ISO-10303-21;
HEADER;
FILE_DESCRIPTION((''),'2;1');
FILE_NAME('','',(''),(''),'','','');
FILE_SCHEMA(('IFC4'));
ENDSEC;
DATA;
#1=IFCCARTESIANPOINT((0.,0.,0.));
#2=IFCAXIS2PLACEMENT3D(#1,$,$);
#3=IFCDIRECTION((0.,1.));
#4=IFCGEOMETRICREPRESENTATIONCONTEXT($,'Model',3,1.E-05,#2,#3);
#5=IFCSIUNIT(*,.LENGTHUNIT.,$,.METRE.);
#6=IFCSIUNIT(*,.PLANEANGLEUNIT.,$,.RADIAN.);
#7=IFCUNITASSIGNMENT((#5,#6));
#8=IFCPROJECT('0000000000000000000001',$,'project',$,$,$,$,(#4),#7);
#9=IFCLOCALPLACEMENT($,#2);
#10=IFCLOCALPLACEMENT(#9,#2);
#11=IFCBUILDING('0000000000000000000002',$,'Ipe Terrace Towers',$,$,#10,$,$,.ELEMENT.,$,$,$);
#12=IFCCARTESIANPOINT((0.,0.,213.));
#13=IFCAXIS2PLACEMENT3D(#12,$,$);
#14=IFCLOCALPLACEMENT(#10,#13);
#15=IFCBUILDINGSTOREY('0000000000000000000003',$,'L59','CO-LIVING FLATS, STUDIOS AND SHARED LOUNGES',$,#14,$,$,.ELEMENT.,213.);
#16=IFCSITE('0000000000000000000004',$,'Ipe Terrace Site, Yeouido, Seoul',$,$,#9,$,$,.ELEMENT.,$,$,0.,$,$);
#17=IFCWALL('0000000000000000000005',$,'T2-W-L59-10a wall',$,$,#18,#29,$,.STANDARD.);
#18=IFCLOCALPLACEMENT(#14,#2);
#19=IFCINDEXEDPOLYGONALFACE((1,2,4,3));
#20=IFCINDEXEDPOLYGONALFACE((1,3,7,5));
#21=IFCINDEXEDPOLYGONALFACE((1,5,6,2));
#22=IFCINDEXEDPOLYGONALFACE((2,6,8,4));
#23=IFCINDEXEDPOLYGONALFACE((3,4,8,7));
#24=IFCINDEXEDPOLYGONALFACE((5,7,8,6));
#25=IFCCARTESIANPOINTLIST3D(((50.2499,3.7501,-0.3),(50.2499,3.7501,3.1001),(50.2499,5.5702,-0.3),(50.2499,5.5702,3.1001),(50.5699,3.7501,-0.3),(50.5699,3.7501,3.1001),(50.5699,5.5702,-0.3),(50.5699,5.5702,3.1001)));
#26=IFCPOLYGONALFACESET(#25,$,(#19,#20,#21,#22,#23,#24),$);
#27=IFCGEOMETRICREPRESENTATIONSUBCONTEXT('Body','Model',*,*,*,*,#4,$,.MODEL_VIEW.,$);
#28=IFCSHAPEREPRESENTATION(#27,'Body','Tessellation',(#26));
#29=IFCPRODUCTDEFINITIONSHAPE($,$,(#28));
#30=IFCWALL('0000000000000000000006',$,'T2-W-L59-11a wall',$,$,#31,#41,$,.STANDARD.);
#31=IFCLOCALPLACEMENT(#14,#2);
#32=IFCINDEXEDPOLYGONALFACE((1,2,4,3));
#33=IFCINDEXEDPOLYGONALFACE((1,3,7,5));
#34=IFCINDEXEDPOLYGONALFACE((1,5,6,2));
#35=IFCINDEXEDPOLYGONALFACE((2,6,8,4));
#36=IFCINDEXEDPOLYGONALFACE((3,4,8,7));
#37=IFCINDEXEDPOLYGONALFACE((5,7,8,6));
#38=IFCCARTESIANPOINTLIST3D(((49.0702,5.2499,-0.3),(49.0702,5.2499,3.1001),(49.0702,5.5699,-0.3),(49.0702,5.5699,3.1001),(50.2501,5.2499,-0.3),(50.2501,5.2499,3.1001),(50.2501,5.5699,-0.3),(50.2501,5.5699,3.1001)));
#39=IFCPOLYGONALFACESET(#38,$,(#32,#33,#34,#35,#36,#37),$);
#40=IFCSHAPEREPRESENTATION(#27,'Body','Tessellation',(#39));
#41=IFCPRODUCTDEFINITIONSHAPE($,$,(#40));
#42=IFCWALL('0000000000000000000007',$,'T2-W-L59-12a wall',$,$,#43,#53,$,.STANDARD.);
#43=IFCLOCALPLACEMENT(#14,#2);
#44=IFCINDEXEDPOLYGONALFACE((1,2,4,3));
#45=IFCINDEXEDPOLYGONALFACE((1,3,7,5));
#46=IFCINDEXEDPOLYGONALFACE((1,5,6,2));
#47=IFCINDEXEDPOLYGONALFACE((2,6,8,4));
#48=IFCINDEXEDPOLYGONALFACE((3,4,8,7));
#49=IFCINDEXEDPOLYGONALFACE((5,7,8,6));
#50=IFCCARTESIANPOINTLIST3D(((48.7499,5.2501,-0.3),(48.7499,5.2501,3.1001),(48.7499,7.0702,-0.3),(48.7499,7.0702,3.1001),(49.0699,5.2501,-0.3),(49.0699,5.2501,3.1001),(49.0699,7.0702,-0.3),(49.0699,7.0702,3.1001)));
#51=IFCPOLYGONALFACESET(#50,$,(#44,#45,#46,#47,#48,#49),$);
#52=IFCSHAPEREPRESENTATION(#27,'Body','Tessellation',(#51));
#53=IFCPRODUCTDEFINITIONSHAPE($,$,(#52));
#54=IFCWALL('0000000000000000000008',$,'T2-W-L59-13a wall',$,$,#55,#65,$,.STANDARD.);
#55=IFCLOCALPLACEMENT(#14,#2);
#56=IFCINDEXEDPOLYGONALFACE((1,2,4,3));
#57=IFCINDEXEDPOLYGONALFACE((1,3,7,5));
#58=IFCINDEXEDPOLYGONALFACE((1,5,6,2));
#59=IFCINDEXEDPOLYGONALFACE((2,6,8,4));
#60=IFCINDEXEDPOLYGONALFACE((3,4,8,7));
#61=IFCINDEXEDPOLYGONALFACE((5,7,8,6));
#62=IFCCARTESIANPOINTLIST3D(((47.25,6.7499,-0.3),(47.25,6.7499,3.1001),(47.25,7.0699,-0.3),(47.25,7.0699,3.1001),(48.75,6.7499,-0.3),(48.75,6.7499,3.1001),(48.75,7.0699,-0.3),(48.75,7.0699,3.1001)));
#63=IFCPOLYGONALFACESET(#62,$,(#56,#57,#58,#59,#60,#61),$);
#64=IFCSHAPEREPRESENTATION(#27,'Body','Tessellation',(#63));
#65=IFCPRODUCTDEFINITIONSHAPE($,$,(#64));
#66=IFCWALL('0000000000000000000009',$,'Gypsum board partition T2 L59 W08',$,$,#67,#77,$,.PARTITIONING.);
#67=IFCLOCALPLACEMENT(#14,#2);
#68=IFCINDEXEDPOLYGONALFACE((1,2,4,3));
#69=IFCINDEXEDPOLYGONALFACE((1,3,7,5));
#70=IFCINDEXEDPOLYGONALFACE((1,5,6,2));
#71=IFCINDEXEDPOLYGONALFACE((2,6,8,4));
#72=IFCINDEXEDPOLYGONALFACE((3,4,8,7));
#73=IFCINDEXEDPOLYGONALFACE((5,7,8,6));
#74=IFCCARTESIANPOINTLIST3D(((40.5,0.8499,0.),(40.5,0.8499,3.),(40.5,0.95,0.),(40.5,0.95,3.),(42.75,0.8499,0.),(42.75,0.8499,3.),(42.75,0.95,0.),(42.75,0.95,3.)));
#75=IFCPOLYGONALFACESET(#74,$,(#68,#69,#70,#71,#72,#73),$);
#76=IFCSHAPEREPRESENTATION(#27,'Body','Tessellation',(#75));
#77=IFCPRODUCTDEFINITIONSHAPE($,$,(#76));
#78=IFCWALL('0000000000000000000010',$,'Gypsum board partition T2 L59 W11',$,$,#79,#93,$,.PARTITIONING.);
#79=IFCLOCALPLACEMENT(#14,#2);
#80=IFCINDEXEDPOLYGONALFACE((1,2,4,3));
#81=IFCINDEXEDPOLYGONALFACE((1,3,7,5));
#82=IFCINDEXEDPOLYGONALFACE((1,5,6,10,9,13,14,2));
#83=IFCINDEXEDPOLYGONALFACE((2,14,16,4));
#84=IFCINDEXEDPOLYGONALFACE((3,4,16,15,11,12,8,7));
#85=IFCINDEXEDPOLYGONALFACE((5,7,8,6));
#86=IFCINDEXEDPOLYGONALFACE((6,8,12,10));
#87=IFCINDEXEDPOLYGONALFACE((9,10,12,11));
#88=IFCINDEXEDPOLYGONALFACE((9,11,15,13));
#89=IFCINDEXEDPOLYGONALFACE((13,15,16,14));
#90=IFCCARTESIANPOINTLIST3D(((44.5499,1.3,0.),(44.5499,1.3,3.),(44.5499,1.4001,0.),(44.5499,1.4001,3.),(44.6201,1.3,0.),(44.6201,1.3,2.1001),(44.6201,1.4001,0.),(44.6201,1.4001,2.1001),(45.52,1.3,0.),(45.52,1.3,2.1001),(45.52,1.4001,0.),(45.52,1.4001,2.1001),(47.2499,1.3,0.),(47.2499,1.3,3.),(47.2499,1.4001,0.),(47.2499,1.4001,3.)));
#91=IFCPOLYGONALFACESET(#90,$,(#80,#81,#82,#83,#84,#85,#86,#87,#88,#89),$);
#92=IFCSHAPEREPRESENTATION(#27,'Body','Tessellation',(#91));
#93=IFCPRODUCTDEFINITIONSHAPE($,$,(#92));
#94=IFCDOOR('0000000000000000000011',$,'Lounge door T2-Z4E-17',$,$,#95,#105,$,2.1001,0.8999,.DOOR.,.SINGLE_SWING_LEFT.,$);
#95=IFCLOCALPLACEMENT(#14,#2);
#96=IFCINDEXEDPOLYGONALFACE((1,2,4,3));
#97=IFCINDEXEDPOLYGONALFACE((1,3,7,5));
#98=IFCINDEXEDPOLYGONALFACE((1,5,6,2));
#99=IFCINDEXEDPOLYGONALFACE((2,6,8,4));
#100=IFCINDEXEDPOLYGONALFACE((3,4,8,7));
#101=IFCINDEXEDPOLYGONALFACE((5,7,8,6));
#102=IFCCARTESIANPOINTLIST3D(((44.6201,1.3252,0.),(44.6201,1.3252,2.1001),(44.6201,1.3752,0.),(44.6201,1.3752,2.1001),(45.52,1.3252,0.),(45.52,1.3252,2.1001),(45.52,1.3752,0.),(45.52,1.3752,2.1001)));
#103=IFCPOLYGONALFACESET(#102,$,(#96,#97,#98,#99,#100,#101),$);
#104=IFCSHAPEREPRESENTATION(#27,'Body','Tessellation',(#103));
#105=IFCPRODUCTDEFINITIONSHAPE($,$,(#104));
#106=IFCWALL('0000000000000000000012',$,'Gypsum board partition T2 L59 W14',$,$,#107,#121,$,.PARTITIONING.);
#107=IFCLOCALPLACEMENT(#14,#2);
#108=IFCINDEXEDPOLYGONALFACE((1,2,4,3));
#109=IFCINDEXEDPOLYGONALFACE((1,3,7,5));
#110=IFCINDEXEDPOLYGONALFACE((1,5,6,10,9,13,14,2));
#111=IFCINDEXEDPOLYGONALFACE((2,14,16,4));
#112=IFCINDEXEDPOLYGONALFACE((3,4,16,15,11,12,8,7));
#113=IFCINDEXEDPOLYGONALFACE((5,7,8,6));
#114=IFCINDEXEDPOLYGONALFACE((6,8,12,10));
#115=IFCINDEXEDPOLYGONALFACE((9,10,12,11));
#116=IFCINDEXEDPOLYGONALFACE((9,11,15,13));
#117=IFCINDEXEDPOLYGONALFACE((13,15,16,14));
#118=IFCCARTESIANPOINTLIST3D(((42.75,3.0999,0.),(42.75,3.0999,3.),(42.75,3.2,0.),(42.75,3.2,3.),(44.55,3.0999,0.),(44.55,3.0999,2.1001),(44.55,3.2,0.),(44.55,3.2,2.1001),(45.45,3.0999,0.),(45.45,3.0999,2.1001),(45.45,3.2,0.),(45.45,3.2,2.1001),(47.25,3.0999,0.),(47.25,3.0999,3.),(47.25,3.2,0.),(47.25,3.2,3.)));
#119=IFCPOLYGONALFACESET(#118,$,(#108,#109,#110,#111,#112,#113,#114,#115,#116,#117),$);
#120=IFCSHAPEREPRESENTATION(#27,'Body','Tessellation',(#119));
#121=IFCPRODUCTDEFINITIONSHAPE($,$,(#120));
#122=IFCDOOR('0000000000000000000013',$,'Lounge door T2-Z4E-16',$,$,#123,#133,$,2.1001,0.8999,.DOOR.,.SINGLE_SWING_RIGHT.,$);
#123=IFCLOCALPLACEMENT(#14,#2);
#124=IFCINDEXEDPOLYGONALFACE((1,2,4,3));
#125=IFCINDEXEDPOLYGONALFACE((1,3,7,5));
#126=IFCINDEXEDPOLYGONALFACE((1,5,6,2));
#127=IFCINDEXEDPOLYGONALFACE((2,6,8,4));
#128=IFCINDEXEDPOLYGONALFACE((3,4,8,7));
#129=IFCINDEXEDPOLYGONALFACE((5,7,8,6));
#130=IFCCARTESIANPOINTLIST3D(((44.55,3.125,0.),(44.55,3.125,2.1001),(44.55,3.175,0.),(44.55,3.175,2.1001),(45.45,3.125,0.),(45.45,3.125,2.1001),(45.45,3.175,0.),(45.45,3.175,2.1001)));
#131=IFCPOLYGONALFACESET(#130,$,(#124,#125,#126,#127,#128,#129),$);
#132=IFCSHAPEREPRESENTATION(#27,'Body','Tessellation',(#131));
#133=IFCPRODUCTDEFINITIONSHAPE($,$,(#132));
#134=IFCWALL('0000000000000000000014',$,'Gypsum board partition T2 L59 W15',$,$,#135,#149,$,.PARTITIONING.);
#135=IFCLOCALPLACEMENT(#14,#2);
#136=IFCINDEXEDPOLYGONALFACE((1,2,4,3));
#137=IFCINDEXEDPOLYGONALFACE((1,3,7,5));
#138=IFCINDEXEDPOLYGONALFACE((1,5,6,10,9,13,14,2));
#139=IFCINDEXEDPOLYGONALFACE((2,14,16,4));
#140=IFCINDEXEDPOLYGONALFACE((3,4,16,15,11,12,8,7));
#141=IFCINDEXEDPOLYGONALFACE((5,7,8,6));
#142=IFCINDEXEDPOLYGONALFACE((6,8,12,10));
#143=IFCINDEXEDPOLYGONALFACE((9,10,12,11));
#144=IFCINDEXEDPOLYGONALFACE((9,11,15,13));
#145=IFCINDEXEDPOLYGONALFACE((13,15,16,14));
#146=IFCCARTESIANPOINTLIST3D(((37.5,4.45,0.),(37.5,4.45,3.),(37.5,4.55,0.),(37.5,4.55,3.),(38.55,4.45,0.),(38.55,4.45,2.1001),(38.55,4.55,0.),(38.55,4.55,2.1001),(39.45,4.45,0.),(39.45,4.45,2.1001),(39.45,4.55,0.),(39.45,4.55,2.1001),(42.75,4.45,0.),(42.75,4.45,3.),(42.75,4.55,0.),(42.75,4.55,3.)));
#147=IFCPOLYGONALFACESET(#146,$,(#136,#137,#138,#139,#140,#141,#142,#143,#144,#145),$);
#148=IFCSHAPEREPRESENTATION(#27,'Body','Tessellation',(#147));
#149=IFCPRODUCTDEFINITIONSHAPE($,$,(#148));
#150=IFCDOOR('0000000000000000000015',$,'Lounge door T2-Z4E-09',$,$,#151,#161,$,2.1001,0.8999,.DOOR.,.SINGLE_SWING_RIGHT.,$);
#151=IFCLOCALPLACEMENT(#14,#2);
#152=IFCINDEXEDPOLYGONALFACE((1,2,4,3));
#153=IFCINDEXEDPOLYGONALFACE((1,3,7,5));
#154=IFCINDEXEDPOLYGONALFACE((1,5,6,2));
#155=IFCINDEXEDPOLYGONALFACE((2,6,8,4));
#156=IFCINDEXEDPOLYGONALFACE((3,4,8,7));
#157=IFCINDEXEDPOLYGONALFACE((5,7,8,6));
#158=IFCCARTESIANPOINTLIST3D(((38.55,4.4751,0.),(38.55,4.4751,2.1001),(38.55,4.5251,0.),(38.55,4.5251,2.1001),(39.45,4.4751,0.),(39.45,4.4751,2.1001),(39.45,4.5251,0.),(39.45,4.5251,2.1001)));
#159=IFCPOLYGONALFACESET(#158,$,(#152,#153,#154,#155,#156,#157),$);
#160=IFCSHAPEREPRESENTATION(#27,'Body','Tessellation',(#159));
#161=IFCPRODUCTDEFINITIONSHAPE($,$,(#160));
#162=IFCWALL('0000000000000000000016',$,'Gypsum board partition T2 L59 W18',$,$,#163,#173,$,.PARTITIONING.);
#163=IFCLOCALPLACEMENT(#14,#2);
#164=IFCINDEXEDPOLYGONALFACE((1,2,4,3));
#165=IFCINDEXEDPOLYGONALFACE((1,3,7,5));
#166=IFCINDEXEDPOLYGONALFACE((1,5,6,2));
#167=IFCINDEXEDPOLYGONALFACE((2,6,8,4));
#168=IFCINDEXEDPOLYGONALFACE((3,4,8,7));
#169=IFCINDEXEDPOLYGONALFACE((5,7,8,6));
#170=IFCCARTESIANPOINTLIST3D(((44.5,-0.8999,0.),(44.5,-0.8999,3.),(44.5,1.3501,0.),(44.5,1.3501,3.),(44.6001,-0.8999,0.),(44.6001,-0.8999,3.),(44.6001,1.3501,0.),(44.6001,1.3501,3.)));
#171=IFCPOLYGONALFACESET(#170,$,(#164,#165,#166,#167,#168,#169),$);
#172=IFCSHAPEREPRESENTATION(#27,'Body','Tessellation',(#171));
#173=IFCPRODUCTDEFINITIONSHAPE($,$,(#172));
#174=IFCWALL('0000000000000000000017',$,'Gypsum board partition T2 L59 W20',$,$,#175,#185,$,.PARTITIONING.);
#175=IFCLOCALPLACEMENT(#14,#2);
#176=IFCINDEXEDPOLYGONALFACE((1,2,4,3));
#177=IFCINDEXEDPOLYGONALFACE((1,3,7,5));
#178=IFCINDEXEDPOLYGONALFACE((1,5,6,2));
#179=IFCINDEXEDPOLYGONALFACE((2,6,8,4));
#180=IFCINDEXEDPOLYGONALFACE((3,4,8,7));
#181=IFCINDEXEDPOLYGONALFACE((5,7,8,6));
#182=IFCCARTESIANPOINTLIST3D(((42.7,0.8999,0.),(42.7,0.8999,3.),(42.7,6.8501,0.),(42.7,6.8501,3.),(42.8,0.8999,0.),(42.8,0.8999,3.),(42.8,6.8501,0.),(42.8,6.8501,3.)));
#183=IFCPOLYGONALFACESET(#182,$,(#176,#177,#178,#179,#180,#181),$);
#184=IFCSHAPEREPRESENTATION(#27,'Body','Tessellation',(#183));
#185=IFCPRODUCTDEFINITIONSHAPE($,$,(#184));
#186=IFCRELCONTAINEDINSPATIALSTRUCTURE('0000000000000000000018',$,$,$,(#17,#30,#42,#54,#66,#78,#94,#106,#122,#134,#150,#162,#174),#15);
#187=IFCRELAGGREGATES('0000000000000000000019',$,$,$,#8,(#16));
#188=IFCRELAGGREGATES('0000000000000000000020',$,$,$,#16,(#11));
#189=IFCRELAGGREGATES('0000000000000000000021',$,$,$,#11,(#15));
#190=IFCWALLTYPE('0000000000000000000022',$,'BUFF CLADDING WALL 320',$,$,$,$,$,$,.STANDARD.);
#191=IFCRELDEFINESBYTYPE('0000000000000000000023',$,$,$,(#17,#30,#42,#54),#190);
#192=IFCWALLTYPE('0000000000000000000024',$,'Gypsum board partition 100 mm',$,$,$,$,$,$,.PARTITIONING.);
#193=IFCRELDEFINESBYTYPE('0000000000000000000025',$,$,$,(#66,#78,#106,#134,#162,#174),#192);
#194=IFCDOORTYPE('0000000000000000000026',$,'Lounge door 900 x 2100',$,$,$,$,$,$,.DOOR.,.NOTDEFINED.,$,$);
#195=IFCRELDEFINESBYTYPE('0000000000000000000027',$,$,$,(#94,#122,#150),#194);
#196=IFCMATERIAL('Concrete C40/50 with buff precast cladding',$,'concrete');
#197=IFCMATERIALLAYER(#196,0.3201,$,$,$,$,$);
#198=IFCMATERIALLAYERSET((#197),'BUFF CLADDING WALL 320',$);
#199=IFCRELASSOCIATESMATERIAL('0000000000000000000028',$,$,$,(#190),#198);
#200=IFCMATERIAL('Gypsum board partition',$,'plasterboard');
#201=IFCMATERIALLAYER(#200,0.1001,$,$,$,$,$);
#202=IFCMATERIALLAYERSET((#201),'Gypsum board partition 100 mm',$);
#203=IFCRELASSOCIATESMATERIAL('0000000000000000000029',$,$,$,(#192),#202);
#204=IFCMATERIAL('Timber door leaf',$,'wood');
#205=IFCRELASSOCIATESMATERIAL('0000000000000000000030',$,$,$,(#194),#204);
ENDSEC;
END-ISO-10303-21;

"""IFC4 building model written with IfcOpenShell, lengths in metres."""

from ifc_helpers import new_model, si_unit, direction, frame, frame_2d, origin, place, context, subcontext, project, spatial, rectangle, extrude, material, layer, layer_set, type_object, element, fill, save


model = new_model("IFC4")

# Units and contexts
model_context = context("Model", 3, precision=1e-05, world=origin(), true_north=direction((0.0, 1.0)))
body_context = subcontext(model_context, "Body", "Model", "MODEL_VIEW")
ifc_project = project(units=[si_unit("LENGTHUNIT", "METRE"), si_unit("PLANEANGLEUNIT", "RADIAN")], contexts=[model_context])

# Site, building, storey
site_placement = place(None, origin())
site = spatial("IfcSite", under=ifc_project, at=site_placement, Name="Ipe Terrace Site, Yeouido, Seoul", CompositionType="ELEMENT", RefElevation=0.0)
building_placement = place(site_placement, origin())
building = spatial("IfcBuilding", under=site, at=building_placement, Name="Ipe Terrace Towers", CompositionType="ELEMENT")
storey_placement = place(building_placement, frame((0.0, 0.0, 213.0)))
storey = spatial("IfcBuildingStorey", under=building, at=storey_placement, Name="L59", Description="CO-LIVING FLATS, STUDIOS AND SHARED LOUNGES", CompositionType="ELEMENT", Elevation=213.0)

# Walls
ifc_material_1 = material(Name="Concrete C40/50 with buff precast cladding", Category="concrete")
ifc_layer_1 = layer(ifc_material_1, 0.3201)
ifc_layer_set_1 = layer_set([ifc_layer_1], Name="BUFF CLADDING WALL 320")
wall_type_1 = type_object("IfcWallType", Name="BUFF CLADDING WALL 320", PredefinedType="STANDARD", material=ifc_layer_set_1)
wall_1_placement = place(storey_placement, frame((50.4099, 3.75, -0.3), z_axis=(0.0, 0.0, 1.0), x_axis=(0.0, 1.0, 0.0)))
element("IfcWall", 1, at=wall_1_placement, inside=storey, type_object=wall_type_1, Name="T2-W-L59-10a wall", PredefinedType="STANDARD", context=body_context, shape_type="SweptSolid", body=[
    extrude(rectangle(XDim=1.8201, YDim=0.3201, at=frame_2d((0.9102, 0.0))), origin(), (0.0, 0.0, 1.0), 3.4001),
])
wall_2_placement = place(storey_placement, frame((50.25, 5.4099, -0.3), z_axis=(0.0, 0.0, 1.0), x_axis=(-1.0, 0.0, 0.0)))
element("IfcWall", 2, at=wall_2_placement, inside=storey, type_object=wall_type_1, Name="T2-W-L59-11a wall", PredefinedType="STANDARD", context=body_context, shape_type="SweptSolid", body=[
    extrude(rectangle(XDim=1.1799, YDim=0.3201, at=frame_2d((0.5898, 0.0))), origin(), (0.0, 0.0, 1.0), 3.4001),
])
wall_3_placement = place(storey_placement, frame((48.9099, 5.25, -0.3), z_axis=(0.0, 0.0, 1.0), x_axis=(0.0, 1.0, 0.0)))
element("IfcWall", 3, at=wall_3_placement, inside=storey, type_object=wall_type_1, Name="T2-W-L59-12a wall", PredefinedType="STANDARD", context=body_context, shape_type="SweptSolid", body=[
    extrude(rectangle(XDim=1.8201, YDim=0.3201, at=frame_2d((0.9102, 0.0))), origin(), (0.0, 0.0, 1.0), 3.4001),
])
wall_4_placement = place(storey_placement, frame((48.75, 6.9099, -0.3), z_axis=(0.0, 0.0, 1.0), x_axis=(-1.0, 0.0, 0.0)))
element("IfcWall", 4, at=wall_4_placement, inside=storey, type_object=wall_type_1, Name="T2-W-L59-13a wall", PredefinedType="STANDARD", context=body_context, shape_type="SweptSolid", body=[
    extrude(rectangle(XDim=1.5, YDim=0.3201, at=frame_2d((0.75, 0.0))), origin(), (0.0, 0.0, 1.0), 3.4001),
])
ifc_material_2 = material(Name="Gypsum board partition", Category="plasterboard")
ifc_layer_2 = layer(ifc_material_2, 0.1001)
ifc_layer_set_2 = layer_set([ifc_layer_2], Name="Gypsum board partition 100 mm")
wall_type_2 = type_object("IfcWallType", Name="Gypsum board partition 100 mm", PredefinedType="PARTITIONING", material=ifc_layer_set_2)
wall_5_placement = place(storey_placement, frame((42.75, 0.8999, 0.0), z_axis=(0.0, 0.0, 1.0), x_axis=(-1.0, 0.0, 0.0)))
element("IfcWall", 5, at=wall_5_placement, inside=storey, type_object=wall_type_2, Name="Gypsum board partition T2 L59 W08", PredefinedType="PARTITIONING", context=body_context, shape_type="SweptSolid", body=[
    extrude(rectangle(XDim=2.25, YDim=0.1001, at=frame_2d((1.125, 0.0))), origin(), (0.0, 0.0, 1.0), 3.0),
])

# Walls, openings, doors
wall_6_placement = place(storey_placement, frame((47.25, 1.3501, 0.0), z_axis=(0.0, 0.0, 1.0), x_axis=(-1.0, 0.0, 0.0)))
wall_6 = element("IfcWall", 6, at=wall_6_placement, inside=storey, type_object=wall_type_2, Name="Gypsum board partition T2 L59 W11", PredefinedType="PARTITIONING", context=body_context, shape_type="SweptSolid", body=[
    extrude(rectangle(XDim=2.7, YDim=0.1001, at=frame_2d((1.3501, 0.0))), origin(), (0.0, 0.0, 1.0), 3.0),
])
opening_1_placement = place(wall_6_placement, frame((1.73, 0.0, 0.0)))
opening_1 = element("IfcOpeningElement", 7, at=opening_1_placement, cuts=wall_6, PredefinedType="OPENING", context=body_context, shape_type="SweptSolid", body=[
    extrude(rectangle(XDim=0.8999, YDim=2.1001, at=frame_2d((0.45, 1.05))), frame((0.0, 0.0601, 0.0), z_axis=(0.0, -1.0, 0.0), x_axis=(1.0, 0.0, 0.0)), (0.0, 0.0, 1.0), 0.1201),
])
ifc_material_3 = material(Name="Timber door leaf", Category="wood")
door_type = type_object("IfcDoorType", Name="Lounge door 900 x 2100", OperationType="NOTDEFINED", PredefinedType="DOOR", material=ifc_material_3)
door_1_placement = place(opening_1_placement, origin())
door_1 = element("IfcDoor", 8, at=door_1_placement, inside=storey, type_object=door_type, Name="Lounge door T2-Z4E-17", OperationType="SINGLE_SWING_LEFT", OverallHeight=2.1001, OverallWidth=0.8999, PredefinedType="DOOR", context=body_context, shape_type="SweptSolid", body=[
    extrude(rectangle(XDim=0.8999, YDim=2.1001, at=frame_2d((0.45, 1.05))), frame((0.0, 0.0249, 0.0), z_axis=(0.0, -1.0, 0.0), x_axis=(1.0, 0.0, 0.0)), (0.0, 0.0, 1.0), 0.05),
])
fill(opening_1, door_1)
wall_7_placement = place(storey_placement, frame((47.25, 3.1499, 0.0), z_axis=(0.0, 0.0, 1.0), x_axis=(-1.0, 0.0, 0.0)))
wall_7 = element("IfcWall", 9, at=wall_7_placement, inside=storey, type_object=wall_type_2, Name="Gypsum board partition T2 L59 W14", PredefinedType="PARTITIONING", context=body_context, shape_type="SweptSolid", body=[
    extrude(rectangle(XDim=4.5, YDim=0.1001, at=frame_2d((2.25, 0.0))), origin(), (0.0, 0.0, 1.0), 3.0),
])
opening_2_placement = place(wall_7_placement, frame((1.8, 0.0, 0.0)))
opening_2 = element("IfcOpeningElement", 10, at=opening_2_placement, cuts=wall_7, PredefinedType="OPENING", context=body_context, shape_type="SweptSolid", body=[
    extrude(rectangle(XDim=0.8999, YDim=2.1001, at=frame_2d((0.45, 1.05))), frame((0.0, 0.0601, 0.0), z_axis=(0.0, -1.0, 0.0), x_axis=(1.0, 0.0, 0.0)), (0.0, 0.0, 1.0), 0.1201),
])
door_2_placement = place(opening_2_placement, origin())
door_2 = element("IfcDoor", 11, at=door_2_placement, inside=storey, type_object=door_type, Name="Lounge door T2-Z4E-16", OperationType="SINGLE_SWING_RIGHT", OverallHeight=2.1001, OverallWidth=0.8999, PredefinedType="DOOR", context=body_context, shape_type="SweptSolid", body=[
    extrude(rectangle(XDim=0.8999, YDim=2.1001, at=frame_2d((0.45, 1.05))), frame((0.0, 0.0249, 0.0), z_axis=(0.0, -1.0, 0.0), x_axis=(1.0, 0.0, 0.0)), (0.0, 0.0, 1.0), 0.05),
])
fill(opening_2, door_2)
wall_8_placement = place(storey_placement, frame((42.75, 4.5, 0.0), z_axis=(0.0, 0.0, 1.0), x_axis=(-1.0, 0.0, 0.0)))
wall_8 = element("IfcWall", 12, at=wall_8_placement, inside=storey, type_object=wall_type_2, Name="Gypsum board partition T2 L59 W15", PredefinedType="PARTITIONING", context=body_context, shape_type="SweptSolid", body=[
    extrude(rectangle(XDim=5.25, YDim=0.1001, at=frame_2d((2.625, 0.0))), origin(), (0.0, 0.0, 1.0), 3.0),
])
opening_3_placement = place(wall_8_placement, frame((3.3, 0.0, 0.0)))
opening_3 = element("IfcOpeningElement", 13, at=opening_3_placement, cuts=wall_8, PredefinedType="OPENING", context=body_context, shape_type="SweptSolid", body=[
    extrude(rectangle(XDim=0.8999, YDim=2.1001, at=frame_2d((0.45, 1.05))), frame((0.0, 0.0601, 0.0), z_axis=(0.0, -1.0, 0.0), x_axis=(1.0, 0.0, 0.0)), (0.0, 0.0, 1.0), 0.1201),
])
door_3_placement = place(opening_3_placement, origin())
door_3 = element("IfcDoor", 14, at=door_3_placement, inside=storey, type_object=door_type, Name="Lounge door T2-Z4E-09", OperationType="SINGLE_SWING_RIGHT", OverallHeight=2.1001, OverallWidth=0.8999, PredefinedType="DOOR", context=body_context, shape_type="SweptSolid", body=[
    extrude(rectangle(XDim=0.8999, YDim=2.1001, at=frame_2d((0.45, 1.05))), frame((0.0, 0.0249, 0.0), z_axis=(0.0, -1.0, 0.0), x_axis=(1.0, 0.0, 0.0)), (0.0, 0.0, 1.0), 0.05),
])
fill(opening_3, door_3)

# Walls
wall_9_placement = place(storey_placement, frame((44.55, -0.8999, 0.0), z_axis=(0.0, 0.0, 1.0), x_axis=(0.0, 1.0, 0.0)))
element("IfcWall", 15, at=wall_9_placement, inside=storey, type_object=wall_type_2, Name="Gypsum board partition T2 L59 W18", PredefinedType="PARTITIONING", context=body_context, shape_type="SweptSolid", body=[
    extrude(rectangle(XDim=2.25, YDim=0.1001, at=frame_2d((1.125, 0.0))), origin(), (0.0, 0.0, 1.0), 3.0),
])
wall_10_placement = place(storey_placement, frame((42.75, 0.8999, 0.0), z_axis=(0.0, 0.0, 1.0), x_axis=(0.0, 1.0, 0.0)))
element("IfcWall", 16, at=wall_10_placement, inside=storey, type_object=wall_type_2, Name="Gypsum board partition T2 L59 W20", PredefinedType="PARTITIONING", context=body_context, shape_type="SweptSolid", body=[
    extrude(rectangle(XDim=5.9502, YDim=0.1001, at=frame_2d((2.9751, 0.0))), origin(), (0.0, 0.0, 1.0), 3.0),
])

save(model, "model.ifc")
